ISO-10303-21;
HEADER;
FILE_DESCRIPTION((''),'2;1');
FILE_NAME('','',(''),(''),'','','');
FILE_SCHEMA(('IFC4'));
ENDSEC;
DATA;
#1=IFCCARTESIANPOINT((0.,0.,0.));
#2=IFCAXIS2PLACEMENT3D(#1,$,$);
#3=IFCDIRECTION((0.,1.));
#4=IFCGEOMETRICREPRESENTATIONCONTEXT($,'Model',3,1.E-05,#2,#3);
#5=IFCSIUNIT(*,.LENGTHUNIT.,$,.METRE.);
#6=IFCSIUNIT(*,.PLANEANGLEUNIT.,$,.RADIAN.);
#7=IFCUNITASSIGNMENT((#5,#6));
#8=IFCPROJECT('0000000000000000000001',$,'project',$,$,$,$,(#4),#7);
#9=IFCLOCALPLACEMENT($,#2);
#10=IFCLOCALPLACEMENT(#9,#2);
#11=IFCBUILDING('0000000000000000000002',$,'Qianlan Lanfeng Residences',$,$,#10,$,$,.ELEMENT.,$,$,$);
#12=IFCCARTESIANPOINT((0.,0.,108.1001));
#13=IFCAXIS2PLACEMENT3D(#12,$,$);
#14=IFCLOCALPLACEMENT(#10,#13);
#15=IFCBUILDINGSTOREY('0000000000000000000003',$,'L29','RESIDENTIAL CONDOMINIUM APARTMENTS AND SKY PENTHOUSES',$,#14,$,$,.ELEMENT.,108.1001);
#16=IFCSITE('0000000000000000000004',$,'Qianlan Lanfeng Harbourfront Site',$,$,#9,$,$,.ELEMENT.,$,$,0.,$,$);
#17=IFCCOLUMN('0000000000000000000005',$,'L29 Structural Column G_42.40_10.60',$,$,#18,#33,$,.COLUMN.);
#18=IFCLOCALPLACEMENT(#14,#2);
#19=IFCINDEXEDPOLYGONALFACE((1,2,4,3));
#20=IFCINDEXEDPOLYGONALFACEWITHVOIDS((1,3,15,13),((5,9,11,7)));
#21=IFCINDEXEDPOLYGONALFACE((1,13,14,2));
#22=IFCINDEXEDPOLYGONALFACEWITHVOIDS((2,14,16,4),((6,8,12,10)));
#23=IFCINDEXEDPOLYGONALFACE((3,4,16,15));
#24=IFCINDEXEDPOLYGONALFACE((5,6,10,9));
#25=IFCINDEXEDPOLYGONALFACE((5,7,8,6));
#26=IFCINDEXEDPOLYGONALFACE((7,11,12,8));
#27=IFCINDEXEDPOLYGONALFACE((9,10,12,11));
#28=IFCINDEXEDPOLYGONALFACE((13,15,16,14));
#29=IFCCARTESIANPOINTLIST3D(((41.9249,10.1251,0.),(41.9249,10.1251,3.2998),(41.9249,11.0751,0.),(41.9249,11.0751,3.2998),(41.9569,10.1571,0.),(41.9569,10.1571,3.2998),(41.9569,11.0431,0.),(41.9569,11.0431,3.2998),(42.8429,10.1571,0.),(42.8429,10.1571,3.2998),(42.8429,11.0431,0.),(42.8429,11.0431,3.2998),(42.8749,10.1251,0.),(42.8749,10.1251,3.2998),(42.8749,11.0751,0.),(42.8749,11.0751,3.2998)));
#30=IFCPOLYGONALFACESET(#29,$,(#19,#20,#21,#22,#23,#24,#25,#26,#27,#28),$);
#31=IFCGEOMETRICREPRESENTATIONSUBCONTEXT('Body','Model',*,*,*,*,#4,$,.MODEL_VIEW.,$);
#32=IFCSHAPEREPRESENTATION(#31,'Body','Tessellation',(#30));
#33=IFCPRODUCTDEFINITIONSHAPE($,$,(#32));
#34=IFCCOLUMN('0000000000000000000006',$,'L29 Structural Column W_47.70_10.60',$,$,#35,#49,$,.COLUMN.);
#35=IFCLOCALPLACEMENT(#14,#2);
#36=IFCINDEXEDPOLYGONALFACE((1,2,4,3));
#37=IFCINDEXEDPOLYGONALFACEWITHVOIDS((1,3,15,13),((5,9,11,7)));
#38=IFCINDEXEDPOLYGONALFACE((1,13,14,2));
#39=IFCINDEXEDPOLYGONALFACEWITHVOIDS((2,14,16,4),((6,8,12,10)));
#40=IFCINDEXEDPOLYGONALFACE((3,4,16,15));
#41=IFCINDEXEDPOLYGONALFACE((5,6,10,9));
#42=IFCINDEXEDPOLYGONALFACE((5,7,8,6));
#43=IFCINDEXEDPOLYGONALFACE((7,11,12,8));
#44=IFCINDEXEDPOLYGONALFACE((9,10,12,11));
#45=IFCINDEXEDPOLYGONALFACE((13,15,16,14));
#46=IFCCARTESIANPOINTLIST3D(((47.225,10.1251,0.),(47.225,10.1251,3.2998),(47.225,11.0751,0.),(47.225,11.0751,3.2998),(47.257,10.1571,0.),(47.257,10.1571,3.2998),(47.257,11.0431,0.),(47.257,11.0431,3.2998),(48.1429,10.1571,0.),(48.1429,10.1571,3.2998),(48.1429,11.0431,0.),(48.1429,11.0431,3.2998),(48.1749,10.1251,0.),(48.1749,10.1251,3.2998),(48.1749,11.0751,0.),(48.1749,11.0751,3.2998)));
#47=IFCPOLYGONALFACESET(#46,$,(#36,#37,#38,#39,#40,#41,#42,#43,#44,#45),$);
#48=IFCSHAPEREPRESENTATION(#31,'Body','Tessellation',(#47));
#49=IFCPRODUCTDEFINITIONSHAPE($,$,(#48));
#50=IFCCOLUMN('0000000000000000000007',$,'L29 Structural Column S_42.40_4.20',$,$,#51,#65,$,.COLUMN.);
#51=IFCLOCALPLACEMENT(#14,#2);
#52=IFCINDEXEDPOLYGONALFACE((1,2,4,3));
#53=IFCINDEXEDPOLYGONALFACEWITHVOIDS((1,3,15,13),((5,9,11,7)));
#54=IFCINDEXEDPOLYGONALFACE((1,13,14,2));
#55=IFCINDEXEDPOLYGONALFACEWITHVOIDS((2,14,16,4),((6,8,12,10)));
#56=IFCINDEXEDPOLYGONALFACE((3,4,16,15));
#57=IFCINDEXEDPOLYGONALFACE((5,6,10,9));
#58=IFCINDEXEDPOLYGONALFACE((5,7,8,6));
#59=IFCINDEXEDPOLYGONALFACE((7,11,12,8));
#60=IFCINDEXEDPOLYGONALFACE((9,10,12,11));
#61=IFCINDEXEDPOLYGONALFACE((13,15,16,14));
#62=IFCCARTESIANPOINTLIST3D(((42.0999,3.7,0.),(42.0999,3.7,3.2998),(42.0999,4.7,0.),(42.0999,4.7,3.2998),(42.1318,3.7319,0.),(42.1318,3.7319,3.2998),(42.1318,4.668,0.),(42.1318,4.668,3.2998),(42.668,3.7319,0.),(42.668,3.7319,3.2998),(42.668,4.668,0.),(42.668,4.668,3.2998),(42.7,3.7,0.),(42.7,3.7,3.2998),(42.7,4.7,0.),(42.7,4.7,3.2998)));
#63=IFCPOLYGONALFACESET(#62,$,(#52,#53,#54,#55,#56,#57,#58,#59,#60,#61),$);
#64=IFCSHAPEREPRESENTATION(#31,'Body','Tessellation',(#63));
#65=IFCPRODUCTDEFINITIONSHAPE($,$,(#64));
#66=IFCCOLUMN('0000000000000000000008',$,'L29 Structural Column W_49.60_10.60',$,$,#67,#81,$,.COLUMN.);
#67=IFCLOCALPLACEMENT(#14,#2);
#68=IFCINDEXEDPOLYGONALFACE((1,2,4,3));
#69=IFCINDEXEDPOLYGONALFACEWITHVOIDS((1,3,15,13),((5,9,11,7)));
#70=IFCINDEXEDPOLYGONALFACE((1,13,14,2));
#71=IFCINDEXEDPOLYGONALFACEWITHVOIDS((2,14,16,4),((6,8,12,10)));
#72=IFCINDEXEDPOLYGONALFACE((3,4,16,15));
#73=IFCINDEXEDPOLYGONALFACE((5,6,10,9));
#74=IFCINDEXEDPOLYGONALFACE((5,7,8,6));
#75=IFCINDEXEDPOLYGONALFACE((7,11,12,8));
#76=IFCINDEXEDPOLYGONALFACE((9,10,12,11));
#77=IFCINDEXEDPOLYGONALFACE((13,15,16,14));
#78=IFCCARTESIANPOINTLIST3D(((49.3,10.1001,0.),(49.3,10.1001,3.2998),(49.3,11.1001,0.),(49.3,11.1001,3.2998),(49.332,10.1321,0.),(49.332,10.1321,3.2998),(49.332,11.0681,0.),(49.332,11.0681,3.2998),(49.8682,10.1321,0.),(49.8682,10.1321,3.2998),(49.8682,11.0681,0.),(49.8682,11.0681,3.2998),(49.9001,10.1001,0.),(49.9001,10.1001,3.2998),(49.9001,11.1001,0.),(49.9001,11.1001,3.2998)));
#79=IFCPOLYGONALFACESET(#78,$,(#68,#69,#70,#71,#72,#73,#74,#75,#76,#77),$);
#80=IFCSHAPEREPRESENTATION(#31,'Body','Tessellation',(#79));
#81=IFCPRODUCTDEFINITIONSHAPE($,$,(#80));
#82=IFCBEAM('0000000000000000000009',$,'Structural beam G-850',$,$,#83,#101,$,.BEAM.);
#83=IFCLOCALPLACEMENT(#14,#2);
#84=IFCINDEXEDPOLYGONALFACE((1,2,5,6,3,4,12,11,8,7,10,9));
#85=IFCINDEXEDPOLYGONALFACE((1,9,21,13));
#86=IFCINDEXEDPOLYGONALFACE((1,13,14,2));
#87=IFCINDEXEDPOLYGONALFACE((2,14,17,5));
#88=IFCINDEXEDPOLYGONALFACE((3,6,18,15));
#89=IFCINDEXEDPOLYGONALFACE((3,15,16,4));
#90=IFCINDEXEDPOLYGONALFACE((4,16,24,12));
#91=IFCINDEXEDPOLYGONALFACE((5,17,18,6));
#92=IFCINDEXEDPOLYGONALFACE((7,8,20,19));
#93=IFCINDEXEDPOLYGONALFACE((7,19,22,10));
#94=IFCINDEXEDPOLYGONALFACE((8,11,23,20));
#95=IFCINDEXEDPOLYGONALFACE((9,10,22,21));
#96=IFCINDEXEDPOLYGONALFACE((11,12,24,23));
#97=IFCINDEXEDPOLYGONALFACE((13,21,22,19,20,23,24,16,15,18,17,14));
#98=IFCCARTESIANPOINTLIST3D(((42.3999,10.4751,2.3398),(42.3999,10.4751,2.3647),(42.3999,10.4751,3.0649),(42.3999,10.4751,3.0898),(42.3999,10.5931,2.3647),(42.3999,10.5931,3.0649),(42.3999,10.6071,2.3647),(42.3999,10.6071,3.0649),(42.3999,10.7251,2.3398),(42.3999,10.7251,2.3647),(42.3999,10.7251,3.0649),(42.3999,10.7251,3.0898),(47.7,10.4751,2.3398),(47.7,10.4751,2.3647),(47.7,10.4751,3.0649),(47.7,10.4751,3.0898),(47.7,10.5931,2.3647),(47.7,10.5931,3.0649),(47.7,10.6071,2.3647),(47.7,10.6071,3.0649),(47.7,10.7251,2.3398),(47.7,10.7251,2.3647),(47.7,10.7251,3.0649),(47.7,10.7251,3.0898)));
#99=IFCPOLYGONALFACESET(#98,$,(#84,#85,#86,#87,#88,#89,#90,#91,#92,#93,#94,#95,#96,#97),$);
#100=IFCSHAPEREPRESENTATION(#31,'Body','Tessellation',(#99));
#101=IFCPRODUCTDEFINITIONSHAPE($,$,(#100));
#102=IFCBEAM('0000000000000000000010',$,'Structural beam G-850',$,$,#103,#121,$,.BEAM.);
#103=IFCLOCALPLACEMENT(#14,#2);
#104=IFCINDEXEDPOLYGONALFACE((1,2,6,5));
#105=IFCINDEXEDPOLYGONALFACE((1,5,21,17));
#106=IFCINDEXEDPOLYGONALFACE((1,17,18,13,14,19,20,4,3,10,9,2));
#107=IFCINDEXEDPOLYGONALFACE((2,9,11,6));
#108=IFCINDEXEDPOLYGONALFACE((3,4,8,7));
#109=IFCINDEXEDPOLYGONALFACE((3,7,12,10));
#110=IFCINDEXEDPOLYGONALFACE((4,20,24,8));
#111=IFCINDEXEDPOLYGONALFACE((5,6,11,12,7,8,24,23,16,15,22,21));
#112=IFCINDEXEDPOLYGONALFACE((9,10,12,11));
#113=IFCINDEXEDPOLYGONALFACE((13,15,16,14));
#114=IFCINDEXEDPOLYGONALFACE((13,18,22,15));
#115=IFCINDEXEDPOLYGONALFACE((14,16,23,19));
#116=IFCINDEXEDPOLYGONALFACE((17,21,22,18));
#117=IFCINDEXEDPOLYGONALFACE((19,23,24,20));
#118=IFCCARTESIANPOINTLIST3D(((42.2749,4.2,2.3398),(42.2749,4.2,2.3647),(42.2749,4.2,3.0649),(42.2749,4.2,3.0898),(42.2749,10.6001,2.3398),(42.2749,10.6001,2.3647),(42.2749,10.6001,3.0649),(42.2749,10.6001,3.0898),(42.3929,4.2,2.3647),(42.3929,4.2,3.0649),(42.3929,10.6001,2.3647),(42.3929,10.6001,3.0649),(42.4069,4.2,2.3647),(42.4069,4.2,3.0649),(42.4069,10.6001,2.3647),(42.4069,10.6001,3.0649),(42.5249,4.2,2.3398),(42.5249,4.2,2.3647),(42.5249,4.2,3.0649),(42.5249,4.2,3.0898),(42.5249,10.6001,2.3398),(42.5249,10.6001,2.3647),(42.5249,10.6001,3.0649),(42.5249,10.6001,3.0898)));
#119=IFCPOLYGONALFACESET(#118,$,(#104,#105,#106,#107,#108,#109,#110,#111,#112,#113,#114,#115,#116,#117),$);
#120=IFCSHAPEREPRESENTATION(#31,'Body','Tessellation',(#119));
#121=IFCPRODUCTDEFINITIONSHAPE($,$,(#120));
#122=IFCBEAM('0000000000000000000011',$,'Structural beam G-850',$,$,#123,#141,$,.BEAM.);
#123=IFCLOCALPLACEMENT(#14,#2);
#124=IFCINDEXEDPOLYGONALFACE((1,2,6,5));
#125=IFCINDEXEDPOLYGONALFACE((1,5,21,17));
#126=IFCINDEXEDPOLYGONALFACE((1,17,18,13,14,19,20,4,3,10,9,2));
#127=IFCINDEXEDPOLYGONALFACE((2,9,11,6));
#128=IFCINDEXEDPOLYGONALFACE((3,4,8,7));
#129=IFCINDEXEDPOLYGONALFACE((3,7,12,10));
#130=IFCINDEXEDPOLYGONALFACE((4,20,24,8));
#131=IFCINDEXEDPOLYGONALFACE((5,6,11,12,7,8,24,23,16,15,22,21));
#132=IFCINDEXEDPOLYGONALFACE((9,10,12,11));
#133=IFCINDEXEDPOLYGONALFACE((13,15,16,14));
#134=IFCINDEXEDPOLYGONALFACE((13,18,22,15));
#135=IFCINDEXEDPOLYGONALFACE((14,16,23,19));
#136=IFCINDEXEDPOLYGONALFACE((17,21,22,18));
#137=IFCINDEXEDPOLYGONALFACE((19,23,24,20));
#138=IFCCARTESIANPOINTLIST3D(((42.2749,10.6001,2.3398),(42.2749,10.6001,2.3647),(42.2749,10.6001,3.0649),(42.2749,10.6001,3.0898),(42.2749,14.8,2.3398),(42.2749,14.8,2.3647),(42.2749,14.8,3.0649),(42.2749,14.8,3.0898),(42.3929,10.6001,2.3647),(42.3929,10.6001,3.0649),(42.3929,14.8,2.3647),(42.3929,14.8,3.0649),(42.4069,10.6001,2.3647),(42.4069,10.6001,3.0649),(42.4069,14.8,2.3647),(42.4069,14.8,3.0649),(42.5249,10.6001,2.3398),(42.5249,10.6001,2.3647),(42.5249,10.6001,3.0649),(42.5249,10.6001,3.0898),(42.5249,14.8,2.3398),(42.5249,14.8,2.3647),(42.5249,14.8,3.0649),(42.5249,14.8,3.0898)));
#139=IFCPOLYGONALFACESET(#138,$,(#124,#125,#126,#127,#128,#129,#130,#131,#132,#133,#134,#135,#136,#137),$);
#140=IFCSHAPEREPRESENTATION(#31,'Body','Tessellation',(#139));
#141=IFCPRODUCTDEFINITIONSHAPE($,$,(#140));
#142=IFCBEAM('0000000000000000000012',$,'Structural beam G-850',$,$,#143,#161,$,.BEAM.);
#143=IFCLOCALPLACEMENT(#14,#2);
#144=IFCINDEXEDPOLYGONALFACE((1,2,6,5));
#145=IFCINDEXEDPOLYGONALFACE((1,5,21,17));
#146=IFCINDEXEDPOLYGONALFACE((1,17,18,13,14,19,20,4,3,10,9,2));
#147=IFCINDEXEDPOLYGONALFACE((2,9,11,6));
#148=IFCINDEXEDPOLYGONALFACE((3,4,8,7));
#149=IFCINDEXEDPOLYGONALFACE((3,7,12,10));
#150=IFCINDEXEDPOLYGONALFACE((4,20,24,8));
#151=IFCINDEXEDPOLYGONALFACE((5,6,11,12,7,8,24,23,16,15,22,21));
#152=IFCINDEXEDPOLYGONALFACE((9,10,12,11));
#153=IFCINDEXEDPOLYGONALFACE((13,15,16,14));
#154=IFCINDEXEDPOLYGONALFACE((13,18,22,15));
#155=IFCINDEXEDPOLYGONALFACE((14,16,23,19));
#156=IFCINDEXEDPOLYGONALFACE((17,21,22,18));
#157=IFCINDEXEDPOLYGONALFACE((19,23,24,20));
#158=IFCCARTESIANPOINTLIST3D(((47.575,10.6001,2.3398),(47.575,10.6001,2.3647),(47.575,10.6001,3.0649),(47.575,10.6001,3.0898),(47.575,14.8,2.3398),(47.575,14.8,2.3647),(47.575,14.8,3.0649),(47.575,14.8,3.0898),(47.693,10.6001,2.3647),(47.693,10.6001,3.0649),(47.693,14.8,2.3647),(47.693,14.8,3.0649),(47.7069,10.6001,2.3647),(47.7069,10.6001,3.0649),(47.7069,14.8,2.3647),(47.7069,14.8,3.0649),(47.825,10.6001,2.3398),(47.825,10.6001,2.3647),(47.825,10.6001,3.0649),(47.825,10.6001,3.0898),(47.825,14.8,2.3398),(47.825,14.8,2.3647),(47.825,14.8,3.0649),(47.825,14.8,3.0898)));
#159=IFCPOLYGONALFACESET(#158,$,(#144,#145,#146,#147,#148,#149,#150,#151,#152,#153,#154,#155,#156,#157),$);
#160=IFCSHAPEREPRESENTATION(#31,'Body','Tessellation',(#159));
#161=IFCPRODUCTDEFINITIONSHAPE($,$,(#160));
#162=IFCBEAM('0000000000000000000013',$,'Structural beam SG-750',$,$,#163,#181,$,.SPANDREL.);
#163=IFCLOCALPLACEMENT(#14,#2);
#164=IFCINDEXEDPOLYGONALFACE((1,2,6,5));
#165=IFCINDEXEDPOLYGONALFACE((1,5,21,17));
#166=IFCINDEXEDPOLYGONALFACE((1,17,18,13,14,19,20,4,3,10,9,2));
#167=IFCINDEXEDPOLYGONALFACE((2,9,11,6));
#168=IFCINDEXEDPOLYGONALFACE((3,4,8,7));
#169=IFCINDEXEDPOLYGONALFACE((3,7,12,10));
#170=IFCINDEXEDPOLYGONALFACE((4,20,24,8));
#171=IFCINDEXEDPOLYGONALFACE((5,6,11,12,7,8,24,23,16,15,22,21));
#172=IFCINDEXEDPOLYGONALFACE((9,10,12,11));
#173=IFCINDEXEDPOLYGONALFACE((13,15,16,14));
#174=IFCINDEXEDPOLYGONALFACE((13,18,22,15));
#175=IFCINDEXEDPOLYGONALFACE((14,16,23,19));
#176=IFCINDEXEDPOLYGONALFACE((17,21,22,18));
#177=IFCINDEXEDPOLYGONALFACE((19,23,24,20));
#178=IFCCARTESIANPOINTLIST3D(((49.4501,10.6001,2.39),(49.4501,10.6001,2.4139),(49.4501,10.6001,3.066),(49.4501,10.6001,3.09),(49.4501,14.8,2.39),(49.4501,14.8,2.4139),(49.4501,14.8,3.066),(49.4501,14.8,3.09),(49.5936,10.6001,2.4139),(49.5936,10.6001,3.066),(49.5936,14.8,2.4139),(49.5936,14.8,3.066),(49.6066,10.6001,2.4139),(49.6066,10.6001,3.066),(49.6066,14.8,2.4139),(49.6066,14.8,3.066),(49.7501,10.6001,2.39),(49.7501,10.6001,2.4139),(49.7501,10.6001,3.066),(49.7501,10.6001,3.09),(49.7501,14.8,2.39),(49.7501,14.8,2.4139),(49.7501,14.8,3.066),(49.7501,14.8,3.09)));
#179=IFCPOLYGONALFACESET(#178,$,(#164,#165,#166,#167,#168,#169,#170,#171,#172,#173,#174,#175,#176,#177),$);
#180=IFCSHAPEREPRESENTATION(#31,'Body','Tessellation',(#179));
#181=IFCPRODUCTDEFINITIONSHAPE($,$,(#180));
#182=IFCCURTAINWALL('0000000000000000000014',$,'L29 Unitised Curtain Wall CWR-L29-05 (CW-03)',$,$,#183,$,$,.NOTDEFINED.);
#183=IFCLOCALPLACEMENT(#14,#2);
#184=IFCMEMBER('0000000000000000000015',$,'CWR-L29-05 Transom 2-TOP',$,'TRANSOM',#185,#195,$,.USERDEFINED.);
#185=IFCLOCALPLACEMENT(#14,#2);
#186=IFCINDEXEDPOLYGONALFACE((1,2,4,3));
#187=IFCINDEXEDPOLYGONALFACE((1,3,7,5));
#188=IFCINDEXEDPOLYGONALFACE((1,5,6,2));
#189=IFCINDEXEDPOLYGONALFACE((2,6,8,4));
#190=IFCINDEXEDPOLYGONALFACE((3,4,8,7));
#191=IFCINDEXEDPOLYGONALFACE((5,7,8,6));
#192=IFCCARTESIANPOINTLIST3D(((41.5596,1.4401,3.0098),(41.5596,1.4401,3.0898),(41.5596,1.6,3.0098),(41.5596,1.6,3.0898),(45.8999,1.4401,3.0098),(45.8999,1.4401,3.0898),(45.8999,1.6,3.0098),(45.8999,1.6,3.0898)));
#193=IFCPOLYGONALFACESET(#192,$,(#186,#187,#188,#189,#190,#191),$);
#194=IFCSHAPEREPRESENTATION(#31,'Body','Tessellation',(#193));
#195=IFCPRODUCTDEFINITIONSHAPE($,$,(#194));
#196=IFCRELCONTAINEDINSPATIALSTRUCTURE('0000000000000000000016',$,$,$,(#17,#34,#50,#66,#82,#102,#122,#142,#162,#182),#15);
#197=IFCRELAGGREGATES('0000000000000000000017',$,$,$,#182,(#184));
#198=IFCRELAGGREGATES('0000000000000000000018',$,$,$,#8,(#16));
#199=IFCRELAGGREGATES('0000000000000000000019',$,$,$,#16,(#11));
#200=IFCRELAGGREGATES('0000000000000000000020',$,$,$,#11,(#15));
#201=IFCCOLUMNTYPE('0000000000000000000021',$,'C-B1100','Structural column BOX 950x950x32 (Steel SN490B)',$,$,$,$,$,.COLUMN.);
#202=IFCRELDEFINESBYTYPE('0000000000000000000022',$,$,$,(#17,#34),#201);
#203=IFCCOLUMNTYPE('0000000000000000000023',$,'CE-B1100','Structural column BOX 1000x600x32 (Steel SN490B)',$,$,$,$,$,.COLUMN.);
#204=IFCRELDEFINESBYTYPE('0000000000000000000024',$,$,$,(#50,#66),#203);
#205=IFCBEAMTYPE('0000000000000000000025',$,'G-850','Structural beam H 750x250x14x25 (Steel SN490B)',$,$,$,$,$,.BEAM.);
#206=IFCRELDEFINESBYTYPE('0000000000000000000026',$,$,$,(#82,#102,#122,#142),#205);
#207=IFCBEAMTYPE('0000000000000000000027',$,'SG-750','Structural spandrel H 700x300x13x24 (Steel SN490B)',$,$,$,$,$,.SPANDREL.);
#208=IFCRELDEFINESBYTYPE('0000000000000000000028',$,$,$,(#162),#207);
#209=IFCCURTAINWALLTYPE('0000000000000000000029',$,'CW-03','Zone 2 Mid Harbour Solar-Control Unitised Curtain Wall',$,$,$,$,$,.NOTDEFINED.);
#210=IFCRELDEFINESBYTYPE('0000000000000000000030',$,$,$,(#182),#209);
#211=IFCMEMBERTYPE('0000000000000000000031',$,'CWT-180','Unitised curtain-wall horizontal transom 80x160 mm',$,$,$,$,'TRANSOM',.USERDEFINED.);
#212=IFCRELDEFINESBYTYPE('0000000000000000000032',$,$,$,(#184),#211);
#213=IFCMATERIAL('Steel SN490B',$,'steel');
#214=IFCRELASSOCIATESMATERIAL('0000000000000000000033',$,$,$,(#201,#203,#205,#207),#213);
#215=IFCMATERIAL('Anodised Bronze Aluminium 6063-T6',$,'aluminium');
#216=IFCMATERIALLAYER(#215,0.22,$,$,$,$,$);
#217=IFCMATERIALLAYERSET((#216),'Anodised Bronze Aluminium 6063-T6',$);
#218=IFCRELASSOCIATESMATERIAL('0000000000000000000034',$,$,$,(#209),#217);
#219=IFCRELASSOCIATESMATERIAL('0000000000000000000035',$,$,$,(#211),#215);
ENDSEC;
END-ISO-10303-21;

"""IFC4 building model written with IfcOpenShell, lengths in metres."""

from ifc_helpers import new_model, si_unit, direction, frame, origin, origin_2d, place, context, subcontext, project, spatial, rectangle, hollow_rectangle, i_section, extrude, source, transform, mapped, material, layer, layer_set, material_profile, profile_set, type_object, element, aggregate, save


model = new_model("IFC4")

# Units and contexts
model_context = context("Model", 3, precision=1e-05, world=origin(), true_north=direction((0.0, 1.0)))
body_context = subcontext(model_context, "Body", "Model", "MODEL_VIEW")
ifc_project = project(units=[si_unit("LENGTHUNIT", "METRE"), si_unit("PLANEANGLEUNIT", "RADIAN")], contexts=[model_context])

# Site, building, storey
site_placement = place(None, origin())
site = spatial("IfcSite", under=ifc_project, at=site_placement, Name="Qianlan Lanfeng Harbourfront Site", CompositionType="ELEMENT", RefElevation=0.0)
building_placement = place(site_placement, origin())
building = spatial("IfcBuilding", under=site, at=building_placement, Name="Qianlan Lanfeng Residences", CompositionType="ELEMENT")
storey_placement = place(building_placement, frame((0.0, 0.0, 108.1001)))
storey = spatial("IfcBuildingStorey", under=building, at=storey_placement, Name="L29", Description="RESIDENTIAL CONDOMINIUM APARTMENTS AND SKY PENTHOUSES", CompositionType="ELEMENT", Elevation=108.1001)

# Columns
ifc_material_1 = material(Name="Steel SN490B", Category="steel")
ifc_material_profile_1 = material_profile(ifc_material_1, hollow_rectangle(XDim=0.95, YDim=0.95, WallThickness=0.032, at=origin_2d()), Name="BOX 950x950x32")
ifc_profile_set_1 = profile_set([ifc_material_profile_1], Name="Steel SN490B")
column_type_1 = type_object("IfcColumnType", Name="C-B1100", Description="Structural column BOX 950x950x32 (Steel SN490B)", PredefinedType="COLUMN", material=ifc_profile_set_1)
for number, where, z_axis, x_axis, name in (
    (1, (42.3999, 10.6001, 0.0), (0.0, 0.0, 1.0), (1.0, 0.0, 0.0), "L29 Structural Column G_42.40_10.60"),
    (2, (47.7, 10.6001, 0.0), (0.0, 0.0, 1.0), (1.0, 0.0, 0.0), "L29 Structural Column W_47.70_10.60"),
):
    element("IfcColumn", number, at=place(storey_placement, frame(where, z_axis=z_axis, x_axis=x_axis)), inside=storey, type_object=column_type_1, Name=name, PredefinedType="COLUMN", context=body_context, shape_type="SweptSolid", body=[
        extrude(hollow_rectangle(XDim=0.95, YDim=0.95, WallThickness=0.032, at=origin_2d()), origin(), (0.0, 0.0, 1.0), 3.2998),
    ])
ifc_material_profile_2 = material_profile(ifc_material_1, hollow_rectangle(XDim=0.6001, YDim=1.0, WallThickness=0.032, at=origin_2d()), Name="BOX 1000x600x32")
ifc_profile_set_2 = profile_set([ifc_material_profile_2], Name="Steel SN490B")
column_type_2 = type_object("IfcColumnType", Name="CE-B1100", Description="Structural column BOX 1000x600x32 (Steel SN490B)", PredefinedType="COLUMN", material=ifc_profile_set_2)
for number, where, z_axis, x_axis, name in (
    (3, (42.3999, 4.2, 0.0), (0.0, 0.0, 1.0), (1.0, 0.0, 0.0), "L29 Structural Column S_42.40_4.20"),
    (4, (49.6001, 10.6001, 0.0), (0.0, 0.0, 1.0), (1.0, 0.0, 0.0), "L29 Structural Column W_49.60_10.60"),
):
    element("IfcColumn", number, at=place(storey_placement, frame(where, z_axis=z_axis, x_axis=x_axis)), inside=storey, type_object=column_type_2, Name=name, PredefinedType="COLUMN", context=body_context, shape_type="SweptSolid", body=[
        extrude(hollow_rectangle(XDim=0.6001, YDim=1.0, WallThickness=0.032, at=origin_2d()), origin(), (0.0, 0.0, 1.0), 3.2998),
    ])

# Beams
ifc_material_profile_3 = material_profile(ifc_material_1, i_section(OverallWidth=0.25, OverallDepth=0.75, WebThickness=0.0139, FlangeThickness=0.0249, at=origin_2d()), Name="H 750x250x14x25")
ifc_profile_set_3 = profile_set([ifc_material_profile_3], Name="Steel SN490B")
beam_type_1 = type_object("IfcBeamType", Name="G-850", Description="Structural beam H 750x250x14x25 (Steel SN490B)", PredefinedType="BEAM", material=ifc_profile_set_3)
beam_1_placement = place(storey_placement, frame((42.3999, 10.6001, 2.7148), z_axis=(1.0, 0.0, 0.0), x_axis=(0.0, 1.0, 0.0)))
element("IfcBeam", 5, at=beam_1_placement, inside=storey, type_object=beam_type_1, Name="Structural beam G-850", PredefinedType="BEAM", context=body_context, shape_type="SweptSolid", body=[
    extrude(i_section(OverallWidth=0.25, OverallDepth=0.75, WebThickness=0.0139, FlangeThickness=0.0249, at=origin_2d()), origin(), (0.0, 0.0, 1.0), 5.3),
])
beam_2_placement = place(storey_placement, frame((42.3999, 4.2, 2.7148), z_axis=(0.0, 1.0, 0.0), x_axis=(-1.0, 0.0, 0.0)))
element("IfcBeam", 6, at=beam_2_placement, inside=storey, type_object=beam_type_1, Name="Structural beam G-850", PredefinedType="BEAM", context=body_context, shape_type="SweptSolid", body=[
    extrude(i_section(OverallWidth=0.25, OverallDepth=0.75, WebThickness=0.0139, FlangeThickness=0.0249, at=origin_2d()), origin(), (0.0, 0.0, 1.0), 6.4001),
])
for number, where, z_axis, x_axis, name in (
    (7, (42.3999, 10.6001, 2.7148), (0.0, 1.0, 0.0), (-1.0, 0.0, 0.0), "Structural beam G-850"),
    (8, (47.7, 10.6001, 2.7148), (0.0, 1.0, 0.0), (-1.0, 0.0, 0.0), "Structural beam G-850"),
):
    element("IfcBeam", number, at=place(storey_placement, frame(where, z_axis=z_axis, x_axis=x_axis)), inside=storey, type_object=beam_type_1, Name=name, PredefinedType="BEAM", context=body_context, shape_type="SweptSolid", body=[
        extrude(i_section(OverallWidth=0.25, OverallDepth=0.75, WebThickness=0.0139, FlangeThickness=0.0249, at=origin_2d()), origin(), (0.0, 0.0, 1.0), 4.2),
    ])
ifc_material_profile_4 = material_profile(ifc_material_1, i_section(OverallWidth=0.3, OverallDepth=0.7, WebThickness=0.0129, FlangeThickness=0.0239, at=origin_2d()), Name="H 700x300x13x24")
ifc_profile_set_4 = profile_set([ifc_material_profile_4], Name="Steel SN490B")
beam_type_2 = type_object("IfcBeamType", Name="SG-750", Description="Structural spandrel H 700x300x13x24 (Steel SN490B)", PredefinedType="SPANDREL", material=ifc_profile_set_4)
beam_3_placement = place(storey_placement, frame((49.6001, 10.6001, 2.74), z_axis=(0.0, 1.0, 0.0), x_axis=(-1.0, 0.0, 0.0)))
element("IfcBeam", 9, at=beam_3_placement, inside=storey, type_object=beam_type_2, Name="Structural beam SG-750", PredefinedType="SPANDREL", context=body_context, shape_type="SweptSolid", body=[
    extrude(i_section(OverallWidth=0.3, OverallDepth=0.7, WebThickness=0.0129, FlangeThickness=0.0239, at=origin_2d()), origin(), (0.0, 0.0, 1.0), 4.2),
])

# Curtain wall, member
ifc_material_2 = material(Name="Anodised Bronze Aluminium 6063-T6", Category="aluminium")
ifc_layer_1 = layer(ifc_material_2, 0.22)
ifc_layer_set_1 = layer_set([ifc_layer_1], Name="Anodised Bronze Aluminium 6063-T6")
curtain_wall_type = type_object("IfcCurtainWallType", Name="CW-03", Description="Zone 2 Mid Harbour Solar-Control Unitised Curtain Wall", PredefinedType="NOTDEFINED", material=ifc_layer_set_1)
curtain_wall_placement = place(storey_placement, origin())
curtain_wall = element("IfcCurtainWall", 10, at=curtain_wall_placement, inside=storey, type_object=curtain_wall_type, Name="L29 Unitised Curtain Wall CWR-L29-05 (CW-03)", PredefinedType="NOTDEFINED")
ifc_material_profile_5 = material_profile(ifc_material_2, rectangle(XDim=0.0801, YDim=0.1599, at=origin_2d()), Name="ALU TRANSOM 80x160")
ifc_profile_set_5 = profile_set([ifc_material_profile_5], Name="Anodised Bronze Aluminium 6063-T6")
member_type_1 = type_object("IfcMemberType", Name="CWT-180", Description="Unitised curtain-wall horizontal transom 80x160 mm", ElementType="TRANSOM", PredefinedType="USERDEFINED", material=ifc_profile_set_5)
shared_shape_1 = source(origin(), body_context, "Body", "SweptSolid", [
    extrude(rectangle(XDim=0.0801, YDim=0.1599, at=origin_2d()), origin(), (0.0, 0.0, 1.0), 4.3403),
])
member_1_placement = place(storey_placement, frame((41.5596, 1.52, 3.0498), z_axis=(1.0, 0.0, 0.0), x_axis=(0.0, 0.0, 1.0)))
member_1 = element("IfcMember", 11, at=member_1_placement, type_object=member_type_1, Name="CWR-L29-05 Transom 2-TOP", ObjectType="TRANSOM", PredefinedType="USERDEFINED", context=body_context, shape_type="MappedRepresentation", body=[
    mapped(shared_shape_1, transform((0.0, 0.0, 0.0), scale=1.0)),
])
aggregate(curtain_wall, [member_1])

save(model, "model.ifc")
